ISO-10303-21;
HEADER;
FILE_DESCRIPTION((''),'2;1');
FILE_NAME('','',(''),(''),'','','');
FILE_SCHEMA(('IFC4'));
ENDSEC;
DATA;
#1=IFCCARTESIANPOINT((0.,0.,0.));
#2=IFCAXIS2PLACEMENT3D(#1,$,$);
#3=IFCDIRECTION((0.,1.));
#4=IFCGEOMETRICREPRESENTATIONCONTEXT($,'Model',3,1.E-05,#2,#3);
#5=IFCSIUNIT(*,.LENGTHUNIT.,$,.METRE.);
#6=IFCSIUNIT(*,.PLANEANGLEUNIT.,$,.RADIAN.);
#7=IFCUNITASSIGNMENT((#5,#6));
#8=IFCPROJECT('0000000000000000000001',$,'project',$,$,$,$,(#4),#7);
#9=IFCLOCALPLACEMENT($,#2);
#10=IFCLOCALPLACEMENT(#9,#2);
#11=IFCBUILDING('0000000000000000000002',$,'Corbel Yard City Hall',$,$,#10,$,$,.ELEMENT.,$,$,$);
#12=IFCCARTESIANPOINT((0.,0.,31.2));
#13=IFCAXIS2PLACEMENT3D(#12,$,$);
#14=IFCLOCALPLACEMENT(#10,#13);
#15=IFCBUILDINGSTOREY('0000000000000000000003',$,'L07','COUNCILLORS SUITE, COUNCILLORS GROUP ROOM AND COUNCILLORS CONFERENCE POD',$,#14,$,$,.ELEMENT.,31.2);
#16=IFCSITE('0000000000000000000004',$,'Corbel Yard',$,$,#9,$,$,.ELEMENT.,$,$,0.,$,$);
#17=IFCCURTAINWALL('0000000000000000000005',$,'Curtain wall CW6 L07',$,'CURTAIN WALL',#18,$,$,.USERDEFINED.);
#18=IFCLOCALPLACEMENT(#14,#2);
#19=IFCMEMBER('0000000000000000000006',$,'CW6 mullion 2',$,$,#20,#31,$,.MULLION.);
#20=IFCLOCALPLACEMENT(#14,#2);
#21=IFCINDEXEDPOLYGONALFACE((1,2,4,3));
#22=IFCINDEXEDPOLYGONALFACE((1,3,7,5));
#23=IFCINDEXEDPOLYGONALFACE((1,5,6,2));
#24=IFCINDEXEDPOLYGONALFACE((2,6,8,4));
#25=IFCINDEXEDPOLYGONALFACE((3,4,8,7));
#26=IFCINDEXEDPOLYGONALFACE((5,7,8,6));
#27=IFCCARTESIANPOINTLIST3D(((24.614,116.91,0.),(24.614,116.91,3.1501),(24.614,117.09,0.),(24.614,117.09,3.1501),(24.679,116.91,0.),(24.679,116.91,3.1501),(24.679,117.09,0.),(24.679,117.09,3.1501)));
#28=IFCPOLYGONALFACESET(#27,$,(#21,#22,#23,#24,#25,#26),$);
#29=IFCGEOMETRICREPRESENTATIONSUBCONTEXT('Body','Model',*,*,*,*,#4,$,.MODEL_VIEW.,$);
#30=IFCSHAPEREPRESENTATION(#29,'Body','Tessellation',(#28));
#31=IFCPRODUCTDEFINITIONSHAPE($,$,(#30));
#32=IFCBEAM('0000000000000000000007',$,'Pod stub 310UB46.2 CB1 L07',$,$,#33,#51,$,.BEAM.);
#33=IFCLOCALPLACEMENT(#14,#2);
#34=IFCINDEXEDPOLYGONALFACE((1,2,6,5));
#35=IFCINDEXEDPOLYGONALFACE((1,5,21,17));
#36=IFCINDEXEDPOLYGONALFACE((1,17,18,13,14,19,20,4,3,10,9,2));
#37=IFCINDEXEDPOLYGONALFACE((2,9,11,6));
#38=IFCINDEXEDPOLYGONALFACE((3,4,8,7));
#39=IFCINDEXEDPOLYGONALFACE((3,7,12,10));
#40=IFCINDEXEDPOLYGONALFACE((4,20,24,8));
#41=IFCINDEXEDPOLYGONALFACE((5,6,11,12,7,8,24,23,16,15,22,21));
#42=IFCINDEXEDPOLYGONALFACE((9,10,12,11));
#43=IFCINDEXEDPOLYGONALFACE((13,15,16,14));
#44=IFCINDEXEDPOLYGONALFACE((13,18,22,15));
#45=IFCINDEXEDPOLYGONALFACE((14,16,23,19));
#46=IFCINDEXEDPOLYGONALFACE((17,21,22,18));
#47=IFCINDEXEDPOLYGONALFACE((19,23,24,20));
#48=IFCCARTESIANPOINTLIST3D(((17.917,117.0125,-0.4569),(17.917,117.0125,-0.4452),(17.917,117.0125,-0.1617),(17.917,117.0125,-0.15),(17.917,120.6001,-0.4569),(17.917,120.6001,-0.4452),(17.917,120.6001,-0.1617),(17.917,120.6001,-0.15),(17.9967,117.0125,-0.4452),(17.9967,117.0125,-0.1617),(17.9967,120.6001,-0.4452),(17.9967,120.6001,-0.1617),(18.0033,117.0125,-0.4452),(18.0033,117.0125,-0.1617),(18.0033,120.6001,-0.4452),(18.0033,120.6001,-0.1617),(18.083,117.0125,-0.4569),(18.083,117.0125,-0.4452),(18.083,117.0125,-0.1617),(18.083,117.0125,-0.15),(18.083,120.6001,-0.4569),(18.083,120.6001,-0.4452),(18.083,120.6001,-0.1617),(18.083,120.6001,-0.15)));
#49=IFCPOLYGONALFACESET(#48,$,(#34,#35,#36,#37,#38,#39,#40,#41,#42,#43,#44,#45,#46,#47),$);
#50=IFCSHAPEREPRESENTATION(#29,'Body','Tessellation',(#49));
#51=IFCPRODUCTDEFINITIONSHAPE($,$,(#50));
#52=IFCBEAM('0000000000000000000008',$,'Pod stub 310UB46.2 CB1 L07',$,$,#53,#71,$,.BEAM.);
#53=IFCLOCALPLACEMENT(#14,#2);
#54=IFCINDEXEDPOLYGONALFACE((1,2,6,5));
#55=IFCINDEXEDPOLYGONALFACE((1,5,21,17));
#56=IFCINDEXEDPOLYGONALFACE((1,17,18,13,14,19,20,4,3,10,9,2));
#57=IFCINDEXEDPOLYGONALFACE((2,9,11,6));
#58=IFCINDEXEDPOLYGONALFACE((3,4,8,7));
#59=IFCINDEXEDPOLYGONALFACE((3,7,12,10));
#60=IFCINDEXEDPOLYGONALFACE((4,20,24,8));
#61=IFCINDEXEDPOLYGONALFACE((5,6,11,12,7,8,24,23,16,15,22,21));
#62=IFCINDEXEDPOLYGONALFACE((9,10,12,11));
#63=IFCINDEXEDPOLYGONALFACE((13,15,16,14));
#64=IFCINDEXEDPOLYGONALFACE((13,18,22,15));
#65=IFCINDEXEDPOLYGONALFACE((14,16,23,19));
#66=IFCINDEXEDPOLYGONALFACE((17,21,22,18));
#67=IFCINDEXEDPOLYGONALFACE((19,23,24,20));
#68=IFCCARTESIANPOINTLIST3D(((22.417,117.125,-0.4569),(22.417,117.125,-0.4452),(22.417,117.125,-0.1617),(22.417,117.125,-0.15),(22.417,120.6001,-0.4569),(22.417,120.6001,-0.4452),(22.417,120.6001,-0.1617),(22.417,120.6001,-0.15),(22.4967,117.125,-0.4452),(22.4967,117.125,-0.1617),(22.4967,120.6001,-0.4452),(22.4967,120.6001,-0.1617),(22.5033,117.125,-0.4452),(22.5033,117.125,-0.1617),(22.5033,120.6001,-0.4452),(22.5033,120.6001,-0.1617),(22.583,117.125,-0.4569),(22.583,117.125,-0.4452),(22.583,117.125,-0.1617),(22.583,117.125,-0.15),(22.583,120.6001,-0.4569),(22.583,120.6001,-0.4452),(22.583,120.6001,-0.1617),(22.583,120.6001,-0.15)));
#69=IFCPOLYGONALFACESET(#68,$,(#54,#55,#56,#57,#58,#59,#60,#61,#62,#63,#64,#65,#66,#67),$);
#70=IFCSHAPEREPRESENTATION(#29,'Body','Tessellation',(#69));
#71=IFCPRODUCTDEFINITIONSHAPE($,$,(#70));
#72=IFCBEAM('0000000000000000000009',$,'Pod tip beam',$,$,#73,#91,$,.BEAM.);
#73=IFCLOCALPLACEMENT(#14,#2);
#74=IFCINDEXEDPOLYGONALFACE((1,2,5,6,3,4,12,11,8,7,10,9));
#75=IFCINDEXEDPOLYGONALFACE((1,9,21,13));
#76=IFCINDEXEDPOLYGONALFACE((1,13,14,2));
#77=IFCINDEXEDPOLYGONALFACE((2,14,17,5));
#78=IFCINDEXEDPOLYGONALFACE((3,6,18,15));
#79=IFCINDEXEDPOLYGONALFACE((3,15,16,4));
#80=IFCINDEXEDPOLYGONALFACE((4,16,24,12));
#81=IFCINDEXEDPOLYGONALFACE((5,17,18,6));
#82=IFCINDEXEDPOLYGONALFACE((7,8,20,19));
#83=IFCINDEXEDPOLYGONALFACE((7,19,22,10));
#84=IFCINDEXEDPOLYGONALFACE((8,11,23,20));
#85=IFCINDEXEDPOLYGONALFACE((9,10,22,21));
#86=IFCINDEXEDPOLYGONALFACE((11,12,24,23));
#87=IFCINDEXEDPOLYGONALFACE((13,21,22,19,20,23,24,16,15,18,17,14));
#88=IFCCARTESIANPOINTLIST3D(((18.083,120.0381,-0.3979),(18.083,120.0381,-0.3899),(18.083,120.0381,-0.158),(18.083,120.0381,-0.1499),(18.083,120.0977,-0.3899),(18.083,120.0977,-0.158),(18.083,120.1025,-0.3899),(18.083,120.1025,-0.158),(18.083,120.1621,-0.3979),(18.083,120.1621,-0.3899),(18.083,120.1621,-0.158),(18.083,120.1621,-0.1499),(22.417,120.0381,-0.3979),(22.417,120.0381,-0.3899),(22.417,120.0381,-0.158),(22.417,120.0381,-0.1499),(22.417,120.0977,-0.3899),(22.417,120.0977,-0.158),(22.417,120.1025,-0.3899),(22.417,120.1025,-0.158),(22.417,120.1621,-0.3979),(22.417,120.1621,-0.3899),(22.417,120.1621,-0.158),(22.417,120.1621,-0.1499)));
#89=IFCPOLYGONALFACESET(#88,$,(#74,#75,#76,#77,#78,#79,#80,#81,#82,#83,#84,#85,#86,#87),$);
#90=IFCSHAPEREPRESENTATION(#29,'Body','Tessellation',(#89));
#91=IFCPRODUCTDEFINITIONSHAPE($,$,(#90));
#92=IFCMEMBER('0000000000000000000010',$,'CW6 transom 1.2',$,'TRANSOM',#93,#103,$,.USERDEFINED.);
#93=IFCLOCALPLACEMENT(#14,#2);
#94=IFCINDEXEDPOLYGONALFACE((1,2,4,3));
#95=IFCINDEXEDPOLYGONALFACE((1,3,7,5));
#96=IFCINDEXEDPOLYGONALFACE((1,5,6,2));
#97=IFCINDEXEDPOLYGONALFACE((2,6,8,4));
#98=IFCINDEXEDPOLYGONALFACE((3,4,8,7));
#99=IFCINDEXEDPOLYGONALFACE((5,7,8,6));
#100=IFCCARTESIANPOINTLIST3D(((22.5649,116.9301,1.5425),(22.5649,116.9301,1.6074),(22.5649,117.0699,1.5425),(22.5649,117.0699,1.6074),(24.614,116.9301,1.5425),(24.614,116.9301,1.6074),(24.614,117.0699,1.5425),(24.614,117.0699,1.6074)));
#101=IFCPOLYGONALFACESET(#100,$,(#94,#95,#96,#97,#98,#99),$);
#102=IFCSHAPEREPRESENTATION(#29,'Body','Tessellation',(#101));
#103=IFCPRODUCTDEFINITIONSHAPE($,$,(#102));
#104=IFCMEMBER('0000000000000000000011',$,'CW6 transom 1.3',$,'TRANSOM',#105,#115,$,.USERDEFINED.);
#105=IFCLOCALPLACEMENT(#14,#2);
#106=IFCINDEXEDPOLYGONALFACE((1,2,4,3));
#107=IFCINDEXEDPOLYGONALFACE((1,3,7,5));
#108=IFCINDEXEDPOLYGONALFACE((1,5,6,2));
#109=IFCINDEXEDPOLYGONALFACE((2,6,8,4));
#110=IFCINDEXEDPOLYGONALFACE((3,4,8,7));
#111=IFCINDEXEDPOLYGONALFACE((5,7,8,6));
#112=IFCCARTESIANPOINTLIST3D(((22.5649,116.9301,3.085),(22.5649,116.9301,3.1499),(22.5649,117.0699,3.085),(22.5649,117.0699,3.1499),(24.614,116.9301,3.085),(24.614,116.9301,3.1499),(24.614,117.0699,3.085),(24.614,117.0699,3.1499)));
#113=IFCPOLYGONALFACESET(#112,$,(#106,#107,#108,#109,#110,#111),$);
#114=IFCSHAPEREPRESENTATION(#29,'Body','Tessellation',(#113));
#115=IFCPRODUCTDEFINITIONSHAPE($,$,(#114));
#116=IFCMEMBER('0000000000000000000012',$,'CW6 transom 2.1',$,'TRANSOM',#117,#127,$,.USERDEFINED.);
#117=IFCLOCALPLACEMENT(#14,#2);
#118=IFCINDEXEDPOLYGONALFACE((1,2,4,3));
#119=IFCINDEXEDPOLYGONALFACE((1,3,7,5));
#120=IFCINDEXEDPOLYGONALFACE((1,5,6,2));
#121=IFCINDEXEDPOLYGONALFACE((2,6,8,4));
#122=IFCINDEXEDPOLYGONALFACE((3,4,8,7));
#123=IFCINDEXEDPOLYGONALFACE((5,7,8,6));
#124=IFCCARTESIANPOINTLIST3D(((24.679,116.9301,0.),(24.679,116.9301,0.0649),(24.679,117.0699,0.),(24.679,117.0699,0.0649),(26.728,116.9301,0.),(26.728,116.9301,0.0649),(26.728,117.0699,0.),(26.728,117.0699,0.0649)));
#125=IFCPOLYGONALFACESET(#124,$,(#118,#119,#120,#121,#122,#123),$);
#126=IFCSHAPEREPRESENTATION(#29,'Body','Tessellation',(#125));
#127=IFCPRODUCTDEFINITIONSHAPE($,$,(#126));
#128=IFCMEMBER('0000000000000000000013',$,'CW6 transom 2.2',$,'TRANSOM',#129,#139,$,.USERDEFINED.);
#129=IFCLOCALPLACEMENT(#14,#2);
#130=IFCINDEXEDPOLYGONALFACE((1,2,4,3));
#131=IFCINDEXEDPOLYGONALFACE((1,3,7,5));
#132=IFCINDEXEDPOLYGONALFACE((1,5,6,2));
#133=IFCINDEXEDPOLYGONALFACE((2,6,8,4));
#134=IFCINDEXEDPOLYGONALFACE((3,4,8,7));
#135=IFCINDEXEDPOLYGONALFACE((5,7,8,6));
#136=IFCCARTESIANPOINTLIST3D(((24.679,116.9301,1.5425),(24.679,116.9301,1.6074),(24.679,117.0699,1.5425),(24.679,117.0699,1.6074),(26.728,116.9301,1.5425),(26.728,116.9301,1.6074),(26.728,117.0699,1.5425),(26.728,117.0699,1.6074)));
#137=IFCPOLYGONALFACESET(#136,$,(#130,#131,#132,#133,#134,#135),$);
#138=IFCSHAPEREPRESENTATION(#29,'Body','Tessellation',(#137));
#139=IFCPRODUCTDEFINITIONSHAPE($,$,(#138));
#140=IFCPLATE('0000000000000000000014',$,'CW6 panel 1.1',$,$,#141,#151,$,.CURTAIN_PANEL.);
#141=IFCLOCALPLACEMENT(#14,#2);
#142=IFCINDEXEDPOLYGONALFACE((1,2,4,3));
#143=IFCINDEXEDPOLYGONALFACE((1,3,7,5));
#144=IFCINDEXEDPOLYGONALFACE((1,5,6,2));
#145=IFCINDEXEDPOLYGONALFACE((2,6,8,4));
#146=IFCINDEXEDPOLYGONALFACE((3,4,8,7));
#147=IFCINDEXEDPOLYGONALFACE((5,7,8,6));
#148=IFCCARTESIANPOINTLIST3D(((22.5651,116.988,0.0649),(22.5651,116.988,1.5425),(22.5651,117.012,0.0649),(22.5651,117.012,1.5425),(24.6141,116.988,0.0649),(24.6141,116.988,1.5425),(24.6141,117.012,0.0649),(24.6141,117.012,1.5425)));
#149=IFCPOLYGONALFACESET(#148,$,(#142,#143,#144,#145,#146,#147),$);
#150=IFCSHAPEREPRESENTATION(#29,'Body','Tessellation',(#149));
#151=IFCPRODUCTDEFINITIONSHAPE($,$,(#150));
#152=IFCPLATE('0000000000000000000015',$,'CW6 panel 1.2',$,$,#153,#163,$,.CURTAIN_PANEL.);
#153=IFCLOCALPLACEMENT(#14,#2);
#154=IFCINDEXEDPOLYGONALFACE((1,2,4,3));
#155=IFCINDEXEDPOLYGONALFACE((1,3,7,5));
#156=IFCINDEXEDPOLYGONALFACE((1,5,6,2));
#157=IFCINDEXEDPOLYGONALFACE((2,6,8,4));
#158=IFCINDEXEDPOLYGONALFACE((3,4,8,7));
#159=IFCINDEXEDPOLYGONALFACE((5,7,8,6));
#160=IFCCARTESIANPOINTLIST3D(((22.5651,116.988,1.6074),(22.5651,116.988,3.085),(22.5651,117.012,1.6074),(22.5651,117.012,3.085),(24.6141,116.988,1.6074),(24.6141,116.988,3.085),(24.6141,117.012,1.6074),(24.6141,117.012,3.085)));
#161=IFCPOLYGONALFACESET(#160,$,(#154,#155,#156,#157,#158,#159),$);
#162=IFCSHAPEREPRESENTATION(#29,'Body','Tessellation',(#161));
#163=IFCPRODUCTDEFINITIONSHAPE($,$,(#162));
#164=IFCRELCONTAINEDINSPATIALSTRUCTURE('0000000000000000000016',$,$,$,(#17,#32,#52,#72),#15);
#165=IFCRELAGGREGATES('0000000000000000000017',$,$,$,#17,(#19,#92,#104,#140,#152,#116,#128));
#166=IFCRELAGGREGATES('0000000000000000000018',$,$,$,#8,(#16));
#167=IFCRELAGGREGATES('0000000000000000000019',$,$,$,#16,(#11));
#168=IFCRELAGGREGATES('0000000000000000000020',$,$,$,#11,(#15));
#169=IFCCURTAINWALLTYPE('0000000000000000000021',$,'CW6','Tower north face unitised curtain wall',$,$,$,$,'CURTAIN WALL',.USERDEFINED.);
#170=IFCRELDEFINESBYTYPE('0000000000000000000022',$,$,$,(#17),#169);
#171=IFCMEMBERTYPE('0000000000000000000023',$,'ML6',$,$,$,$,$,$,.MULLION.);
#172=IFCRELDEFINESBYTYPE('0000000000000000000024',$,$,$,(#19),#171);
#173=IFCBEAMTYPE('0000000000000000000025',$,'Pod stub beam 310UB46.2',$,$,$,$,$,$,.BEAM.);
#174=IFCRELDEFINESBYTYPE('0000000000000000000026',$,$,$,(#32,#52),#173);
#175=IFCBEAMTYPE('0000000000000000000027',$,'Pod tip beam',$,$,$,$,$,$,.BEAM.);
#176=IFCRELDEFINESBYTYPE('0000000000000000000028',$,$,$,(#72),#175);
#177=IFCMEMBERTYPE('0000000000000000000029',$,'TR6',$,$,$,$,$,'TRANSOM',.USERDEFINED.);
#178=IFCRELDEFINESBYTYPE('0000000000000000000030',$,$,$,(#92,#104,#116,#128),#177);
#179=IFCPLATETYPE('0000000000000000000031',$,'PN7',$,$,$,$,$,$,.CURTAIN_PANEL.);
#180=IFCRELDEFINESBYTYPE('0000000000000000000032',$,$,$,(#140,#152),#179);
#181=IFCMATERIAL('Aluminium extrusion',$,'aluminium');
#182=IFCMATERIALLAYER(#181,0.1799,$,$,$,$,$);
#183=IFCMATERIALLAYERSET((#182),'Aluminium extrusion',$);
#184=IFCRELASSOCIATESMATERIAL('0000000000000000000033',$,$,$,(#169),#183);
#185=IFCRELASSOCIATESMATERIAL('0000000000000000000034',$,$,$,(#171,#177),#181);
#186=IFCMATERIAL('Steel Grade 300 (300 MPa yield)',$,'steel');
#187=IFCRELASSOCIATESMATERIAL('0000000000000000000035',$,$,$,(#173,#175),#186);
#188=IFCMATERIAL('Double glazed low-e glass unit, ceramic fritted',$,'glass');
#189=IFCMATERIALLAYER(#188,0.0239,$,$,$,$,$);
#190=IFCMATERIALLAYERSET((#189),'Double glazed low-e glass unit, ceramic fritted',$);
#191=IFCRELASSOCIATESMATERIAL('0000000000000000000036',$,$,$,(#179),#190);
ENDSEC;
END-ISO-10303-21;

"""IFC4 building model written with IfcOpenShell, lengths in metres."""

from ifc_helpers import new_model, si_unit, direction, frame, origin, origin_2d, place, context, subcontext, project, spatial, rectangle, i_section, extrude, material, layer, layer_set, material_profile, profile_set, type_object, element, aggregate, save


model = new_model("IFC4")

# Units and contexts
model_context = context("Model", 3, precision=1e-05, world=origin(), true_north=direction((0.0, 1.0)))
body_context = subcontext(model_context, "Body", "Model", "MODEL_VIEW")
ifc_project = project(units=[si_unit("LENGTHUNIT", "METRE"), si_unit("PLANEANGLEUNIT", "RADIAN")], contexts=[model_context])

# Site, building, storey
site_placement = place(None, origin())
site = spatial("IfcSite", under=ifc_project, at=site_placement, Name="Corbel Yard", CompositionType="ELEMENT", RefElevation=0.0)
building_placement = place(site_placement, origin())
building = spatial("IfcBuilding", under=site, at=building_placement, Name="Corbel Yard City Hall", CompositionType="ELEMENT")
storey_placement = place(building_placement, frame((0.0, 0.0, 31.2)))
storey = spatial("IfcBuildingStorey", under=building, at=storey_placement, Name="L07", Description="COUNCILLORS SUITE, COUNCILLORS GROUP ROOM AND COUNCILLORS CONFERENCE POD", CompositionType="ELEMENT", Elevation=31.2)

# Curtain wall, member
ifc_material_1 = material(Name="Aluminium extrusion", Category="aluminium")
ifc_layer_1 = layer(ifc_material_1, 0.1799)
ifc_layer_set_1 = layer_set([ifc_layer_1], Name="Aluminium extrusion")
curtain_wall_type = type_object("IfcCurtainWallType", Name="CW6", Description="Tower north face unitised curtain wall", ElementType="CURTAIN WALL", PredefinedType="USERDEFINED", material=ifc_layer_set_1)
curtain_wall_placement = place(storey_placement, origin())
curtain_wall = element("IfcCurtainWall", 1, at=curtain_wall_placement, inside=storey, type_object=curtain_wall_type, Name="Curtain wall CW6 L07", ObjectType="CURTAIN WALL", PredefinedType="USERDEFINED")
ifc_material_profile_1 = material_profile(ifc_material_1, rectangle(XDim=0.1799, YDim=0.0649, at=origin_2d()), Name="180x65")
ifc_profile_set_1 = profile_set([ifc_material_profile_1], Name="Aluminium extrusion")
member_type_1 = type_object("IfcMemberType", Name="ML6", PredefinedType="MULLION", material=ifc_profile_set_1)
member_1_placement = place(storey_placement, frame((24.6465, 117.0, 0.0), z_axis=(0.0, 0.0, 1.0), x_axis=(0.0, 1.0, 0.0)))
member_1 = element("IfcMember", 2, at=member_1_placement, type_object=member_type_1, Name="CW6 mullion 2", PredefinedType="MULLION", context=body_context, shape_type="SweptSolid", body=[
    extrude(rectangle(XDim=0.1799, YDim=0.0649, at=origin_2d()), origin(), (0.0, 0.0, 1.0), 3.1501),
])

# Beams
ifc_material_2 = material(Name="Steel Grade 300 (300 MPa yield)", Category="steel")
ifc_material_profile_2 = material_profile(ifc_material_2, i_section(OverallWidth=0.166, OverallDepth=0.3069, WebThickness=0.0066, FlangeThickness=0.0117, at=origin_2d()), Name="310UB46.2")
ifc_profile_set_2 = profile_set([ifc_material_profile_2], Name="Steel Grade 300 (300 MPa yield)")
beam_type_1 = type_object("IfcBeamType", Name="Pod stub beam 310UB46.2", PredefinedType="BEAM", material=ifc_profile_set_2)
beam_1_placement = place(storey_placement, frame((18.0, 117.0125, -0.3035), z_axis=(0.0, 1.0, 0.0), x_axis=(-1.0, 0.0, 0.0)))
element("IfcBeam", 3, at=beam_1_placement, inside=storey, type_object=beam_type_1, Name="Pod stub 310UB46.2 CB1 L07", PredefinedType="BEAM", context=body_context, shape_type="SweptSolid", body=[
    extrude(i_section(OverallWidth=0.166, OverallDepth=0.3069, WebThickness=0.0066, FlangeThickness=0.0117, at=origin_2d()), origin(), (0.0, 0.0, 1.0), 3.5876),
])
beam_2_placement = place(storey_placement, frame((22.5, 117.125, -0.3035), z_axis=(0.0, 1.0, 0.0), x_axis=(-1.0, 0.0, 0.0)))
element("IfcBeam", 4, at=beam_2_placement, inside=storey, type_object=beam_type_1, Name="Pod stub 310UB46.2 CB1 L07", PredefinedType="BEAM", context=body_context, shape_type="SweptSolid", body=[
    extrude(i_section(OverallWidth=0.166, OverallDepth=0.3069, WebThickness=0.0066, FlangeThickness=0.0117, at=origin_2d()), origin(), (0.0, 0.0, 1.0), 3.4751),
])
ifc_material_profile_3 = material_profile(ifc_material_2, i_section(OverallWidth=0.124, OverallDepth=0.248, WebThickness=0.0049, FlangeThickness=0.0081, at=origin_2d()), Name="250UB25.7")
ifc_profile_set_3 = profile_set([ifc_material_profile_3], Name="Steel Grade 300 (300 MPa yield)")
beam_type_2 = type_object("IfcBeamType", Name="Pod tip beam", PredefinedType="BEAM", material=ifc_profile_set_3)
beam_3_placement = place(storey_placement, frame((18.083, 120.1001, -0.2739), z_axis=(1.0, 0.0, 0.0), x_axis=(0.0, 1.0, 0.0)))
element("IfcBeam", 5, at=beam_3_placement, inside=storey, type_object=beam_type_2, Name="Pod tip beam", PredefinedType="BEAM", context=body_context, shape_type="SweptSolid", body=[
    extrude(i_section(OverallWidth=0.124, OverallDepth=0.248, WebThickness=0.0049, FlangeThickness=0.0081, at=origin_2d()), origin(), (0.0, 0.0, 1.0), 4.334),
])

# Members
ifc_material_profile_4 = material_profile(ifc_material_1, rectangle(XDim=0.1399, YDim=0.0649, at=origin_2d()), Name="140x65")
ifc_profile_set_4 = profile_set([ifc_material_profile_4], Name="Aluminium extrusion")
member_type_2 = type_object("IfcMemberType", Name="TR6", ElementType="TRANSOM", PredefinedType="USERDEFINED", material=ifc_profile_set_4)
member_2_placement = place(storey_placement, frame((22.5649, 117.0, 1.575), z_axis=(1.0, 0.0, 0.0), x_axis=(0.0, 1.0, 0.0)))
member_2 = element("IfcMember", 6, at=member_2_placement, type_object=member_type_2, Name="CW6 transom 1.2", ObjectType="TRANSOM", PredefinedType="USERDEFINED", context=body_context, shape_type="SweptSolid", body=[
    extrude(rectangle(XDim=0.1399, YDim=0.0649, at=origin_2d()), origin(), (0.0, 0.0, 1.0), 2.0491),
])
member_3_placement = place(storey_placement, frame((22.5649, 117.0, 3.1174), z_axis=(1.0, 0.0, 0.0), x_axis=(0.0, 1.0, 0.0)))
member_3 = element("IfcMember", 7, at=member_3_placement, type_object=member_type_2, Name="CW6 transom 1.3", ObjectType="TRANSOM", PredefinedType="USERDEFINED", context=body_context, shape_type="SweptSolid", body=[
    extrude(rectangle(XDim=0.1399, YDim=0.0649, at=origin_2d()), origin(), (0.0, 0.0, 1.0), 2.0491),
])
member_4_placement = place(storey_placement, frame((24.679, 117.0, 0.0325), z_axis=(1.0, 0.0, 0.0), x_axis=(0.0, 1.0, 0.0)))
member_4 = element("IfcMember", 8, at=member_4_placement, type_object=member_type_2, Name="CW6 transom 2.1", ObjectType="TRANSOM", PredefinedType="USERDEFINED", context=body_context, shape_type="SweptSolid", body=[
    extrude(rectangle(XDim=0.1399, YDim=0.0649, at=origin_2d()), origin(), (0.0, 0.0, 1.0), 2.0491),
])
member_5_placement = place(storey_placement, frame((24.679, 117.0, 1.575), z_axis=(1.0, 0.0, 0.0), x_axis=(0.0, 1.0, 0.0)))
member_5 = element("IfcMember", 9, at=member_5_placement, type_object=member_type_2, Name="CW6 transom 2.2", ObjectType="TRANSOM", PredefinedType="USERDEFINED", context=body_context, shape_type="SweptSolid", body=[
    extrude(rectangle(XDim=0.1399, YDim=0.0649, at=origin_2d()), origin(), (0.0, 0.0, 1.0), 2.0491),
])

# Plates
ifc_material_3 = material(Name="Double glazed low-e glass unit, ceramic fritted", Category="glass")
ifc_layer_2 = layer(ifc_material_3, 0.0239)
ifc_layer_set_2 = layer_set([ifc_layer_2], Name="Double glazed low-e glass unit, ceramic fritted")
plate_type = type_object("IfcPlateType", Name="PN7", PredefinedType="CURTAIN_PANEL", material=ifc_layer_set_2)
plate_1_placement = place(storey_placement, frame((23.5896, 117.0, 0.0649), z_axis=(0.0, 0.0, 1.0), x_axis=(1.0, 0.0, 0.0)))
plate_1 = element("IfcPlate", 10, at=plate_1_placement, type_object=plate_type, Name="CW6 panel 1.1", PredefinedType="CURTAIN_PANEL", context=body_context, shape_type="SweptSolid", body=[
    extrude(rectangle(XDim=2.0491, YDim=0.0239, at=origin_2d()), origin(), (0.0, 0.0, 1.0), 1.4775),
])
plate_2_placement = place(storey_placement, frame((23.5896, 117.0, 1.6074), z_axis=(0.0, 0.0, 1.0), x_axis=(1.0, 0.0, 0.0)))
plate_2 = element("IfcPlate", 11, at=plate_2_placement, type_object=plate_type, Name="CW6 panel 1.2", PredefinedType="CURTAIN_PANEL", context=body_context, shape_type="SweptSolid", body=[
    extrude(rectangle(XDim=2.0491, YDim=0.0239, at=origin_2d()), origin(), (0.0, 0.0, 1.0), 1.4775),
])
aggregate(curtain_wall, [member_1, member_2, member_3, plate_1, plate_2, member_4, member_5])

save(model, "model.ifc")
